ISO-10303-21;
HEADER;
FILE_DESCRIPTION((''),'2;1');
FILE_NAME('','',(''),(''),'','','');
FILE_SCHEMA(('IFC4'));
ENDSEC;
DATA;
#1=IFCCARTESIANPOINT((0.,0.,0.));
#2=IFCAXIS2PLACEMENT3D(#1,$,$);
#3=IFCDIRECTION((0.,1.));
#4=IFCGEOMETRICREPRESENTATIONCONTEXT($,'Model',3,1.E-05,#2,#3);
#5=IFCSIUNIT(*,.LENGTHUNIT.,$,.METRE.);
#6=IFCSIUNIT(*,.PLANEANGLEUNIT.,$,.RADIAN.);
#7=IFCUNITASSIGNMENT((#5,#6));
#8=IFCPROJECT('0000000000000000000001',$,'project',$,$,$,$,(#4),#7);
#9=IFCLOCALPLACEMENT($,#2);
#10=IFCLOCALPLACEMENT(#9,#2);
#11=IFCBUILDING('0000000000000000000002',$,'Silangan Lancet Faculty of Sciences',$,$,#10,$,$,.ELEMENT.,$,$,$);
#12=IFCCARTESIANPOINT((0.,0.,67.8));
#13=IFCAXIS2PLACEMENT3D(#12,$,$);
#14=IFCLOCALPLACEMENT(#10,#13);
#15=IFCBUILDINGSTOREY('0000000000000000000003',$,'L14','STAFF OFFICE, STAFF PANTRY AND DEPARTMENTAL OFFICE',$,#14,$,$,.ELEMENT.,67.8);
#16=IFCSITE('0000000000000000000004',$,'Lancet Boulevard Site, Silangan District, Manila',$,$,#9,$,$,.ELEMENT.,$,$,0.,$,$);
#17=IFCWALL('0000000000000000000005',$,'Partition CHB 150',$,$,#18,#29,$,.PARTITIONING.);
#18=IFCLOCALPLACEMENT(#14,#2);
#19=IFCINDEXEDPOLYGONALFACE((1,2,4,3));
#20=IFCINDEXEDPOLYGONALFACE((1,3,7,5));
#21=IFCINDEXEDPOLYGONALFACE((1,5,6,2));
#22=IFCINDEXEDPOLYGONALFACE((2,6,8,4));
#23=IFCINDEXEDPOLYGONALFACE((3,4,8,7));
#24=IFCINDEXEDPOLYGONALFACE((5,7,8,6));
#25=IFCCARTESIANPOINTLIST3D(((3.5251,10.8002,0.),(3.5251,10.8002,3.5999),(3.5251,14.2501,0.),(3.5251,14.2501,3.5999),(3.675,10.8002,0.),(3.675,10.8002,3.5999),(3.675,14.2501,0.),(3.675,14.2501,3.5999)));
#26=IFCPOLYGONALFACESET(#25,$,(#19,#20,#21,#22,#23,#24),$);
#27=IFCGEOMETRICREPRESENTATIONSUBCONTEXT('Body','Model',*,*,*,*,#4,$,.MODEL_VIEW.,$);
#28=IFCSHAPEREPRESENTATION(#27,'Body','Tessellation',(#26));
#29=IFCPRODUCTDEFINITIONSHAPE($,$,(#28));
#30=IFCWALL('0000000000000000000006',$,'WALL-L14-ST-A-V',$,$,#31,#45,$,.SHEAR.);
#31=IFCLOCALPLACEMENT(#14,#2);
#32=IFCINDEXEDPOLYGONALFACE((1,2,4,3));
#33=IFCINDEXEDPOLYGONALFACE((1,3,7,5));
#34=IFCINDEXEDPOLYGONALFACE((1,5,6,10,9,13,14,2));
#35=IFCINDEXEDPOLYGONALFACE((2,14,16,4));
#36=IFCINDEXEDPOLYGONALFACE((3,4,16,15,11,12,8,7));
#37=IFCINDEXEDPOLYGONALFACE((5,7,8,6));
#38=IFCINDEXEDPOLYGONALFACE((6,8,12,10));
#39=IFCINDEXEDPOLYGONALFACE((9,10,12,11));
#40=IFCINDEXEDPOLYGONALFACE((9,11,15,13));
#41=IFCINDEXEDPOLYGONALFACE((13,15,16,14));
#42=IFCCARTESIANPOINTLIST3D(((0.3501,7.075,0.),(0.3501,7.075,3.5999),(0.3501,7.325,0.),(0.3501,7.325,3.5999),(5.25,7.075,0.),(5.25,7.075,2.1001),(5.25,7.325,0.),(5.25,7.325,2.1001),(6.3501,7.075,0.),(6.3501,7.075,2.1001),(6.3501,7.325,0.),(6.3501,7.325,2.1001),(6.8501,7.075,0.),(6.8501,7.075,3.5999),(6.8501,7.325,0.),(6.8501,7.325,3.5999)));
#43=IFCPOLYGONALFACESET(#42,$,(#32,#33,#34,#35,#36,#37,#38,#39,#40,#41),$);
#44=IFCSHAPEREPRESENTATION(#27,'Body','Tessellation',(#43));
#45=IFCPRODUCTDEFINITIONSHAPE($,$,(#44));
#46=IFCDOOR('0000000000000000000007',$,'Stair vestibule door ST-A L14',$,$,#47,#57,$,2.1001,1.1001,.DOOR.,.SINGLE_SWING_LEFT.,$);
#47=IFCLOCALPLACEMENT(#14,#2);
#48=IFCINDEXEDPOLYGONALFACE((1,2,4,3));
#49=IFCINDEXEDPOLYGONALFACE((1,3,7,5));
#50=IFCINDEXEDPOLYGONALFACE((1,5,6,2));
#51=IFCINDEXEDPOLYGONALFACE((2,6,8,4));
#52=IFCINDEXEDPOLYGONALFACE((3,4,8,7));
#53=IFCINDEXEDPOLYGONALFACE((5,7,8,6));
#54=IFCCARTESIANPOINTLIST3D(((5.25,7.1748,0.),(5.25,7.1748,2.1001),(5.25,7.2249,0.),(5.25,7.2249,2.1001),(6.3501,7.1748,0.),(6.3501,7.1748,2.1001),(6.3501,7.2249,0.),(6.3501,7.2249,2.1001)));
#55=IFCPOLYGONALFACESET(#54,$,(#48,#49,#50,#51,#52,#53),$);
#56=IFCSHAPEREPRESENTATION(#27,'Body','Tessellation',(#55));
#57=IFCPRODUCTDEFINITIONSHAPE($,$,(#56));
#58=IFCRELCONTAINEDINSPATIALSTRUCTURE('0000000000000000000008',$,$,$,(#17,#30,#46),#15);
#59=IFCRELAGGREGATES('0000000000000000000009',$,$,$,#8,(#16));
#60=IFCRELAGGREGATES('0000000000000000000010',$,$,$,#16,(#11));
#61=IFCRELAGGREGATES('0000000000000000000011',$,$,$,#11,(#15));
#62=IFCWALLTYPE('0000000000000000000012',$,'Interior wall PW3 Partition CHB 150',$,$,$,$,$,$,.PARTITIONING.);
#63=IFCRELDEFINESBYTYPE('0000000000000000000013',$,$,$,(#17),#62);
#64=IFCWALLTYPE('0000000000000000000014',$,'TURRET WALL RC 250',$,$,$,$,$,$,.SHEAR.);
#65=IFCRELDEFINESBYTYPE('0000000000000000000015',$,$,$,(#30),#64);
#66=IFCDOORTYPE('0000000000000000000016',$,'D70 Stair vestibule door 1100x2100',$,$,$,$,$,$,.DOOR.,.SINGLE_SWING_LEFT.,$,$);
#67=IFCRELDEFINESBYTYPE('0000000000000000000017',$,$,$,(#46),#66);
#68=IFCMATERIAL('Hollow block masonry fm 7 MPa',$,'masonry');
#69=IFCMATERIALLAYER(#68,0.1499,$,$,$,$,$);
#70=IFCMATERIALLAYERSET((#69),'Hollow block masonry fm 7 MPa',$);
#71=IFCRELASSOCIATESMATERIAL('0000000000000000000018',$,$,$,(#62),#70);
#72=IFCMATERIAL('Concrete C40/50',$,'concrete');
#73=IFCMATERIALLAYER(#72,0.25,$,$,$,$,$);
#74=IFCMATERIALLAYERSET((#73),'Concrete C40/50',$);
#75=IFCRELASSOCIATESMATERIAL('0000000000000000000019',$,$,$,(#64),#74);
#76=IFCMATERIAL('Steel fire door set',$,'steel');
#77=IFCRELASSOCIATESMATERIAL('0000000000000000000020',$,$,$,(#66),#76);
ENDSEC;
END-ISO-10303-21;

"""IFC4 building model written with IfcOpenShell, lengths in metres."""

from ifc_helpers import new_model, si_unit, direction, frame, frame_2d, origin, place, context, subcontext, project, spatial, rectangle, extrude, material, layer, layer_set, type_object, element, fill, save


model = new_model("IFC4")

# Units and contexts
model_context = context("Model", 3, precision=1e-05, world=origin(), true_north=direction((0.0, 1.0)))
body_context = subcontext(model_context, "Body", "Model", "MODEL_VIEW")
ifc_project = project(units=[si_unit("LENGTHUNIT", "METRE"), si_unit("PLANEANGLEUNIT", "RADIAN")], contexts=[model_context])

# Site, building, storey
site_placement = place(None, origin())
site = spatial("IfcSite", under=ifc_project, at=site_placement, Name="Lancet Boulevard Site, Silangan District, Manila", CompositionType="ELEMENT", RefElevation=0.0)
building_placement = place(site_placement, origin())
building = spatial("IfcBuilding", under=site, at=building_placement, Name="Silangan Lancet Faculty of Sciences", CompositionType="ELEMENT")
storey_placement = place(building_placement, frame((0.0, 0.0, 67.8)))
storey = spatial("IfcBuildingStorey", under=building, at=storey_placement, Name="L14", Description="STAFF OFFICE, STAFF PANTRY AND DEPARTMENTAL OFFICE", CompositionType="ELEMENT", Elevation=67.8)

# Wall
ifc_material_1 = material(Name="Hollow block masonry fm 7 MPa", Category="masonry")
ifc_layer_1 = layer(ifc_material_1, 0.1499)
ifc_layer_set_1 = layer_set([ifc_layer_1], Name="Hollow block masonry fm 7 MPa")
wall_type_1 = type_object("IfcWallType", Name="Interior wall PW3 Partition CHB 150", PredefinedType="PARTITIONING", material=ifc_layer_set_1)
wall_1_placement = place(storey_placement, frame((3.6001, 10.8, 0.0), z_axis=(0.0, 0.0, 1.0), x_axis=(0.0, 1.0, 0.0)))
element("IfcWall", 1, at=wall_1_placement, inside=storey, type_object=wall_type_1, Name="Partition CHB 150", PredefinedType="PARTITIONING", context=body_context, shape_type="SweptSolid", body=[
    extrude(rectangle(XDim=3.45, YDim=0.1499, at=frame_2d((1.7251, 0.0))), origin(), (0.0, 0.0, 1.0), 3.5999),
])

# Wall, opening, door
ifc_material_2 = material(Name="Concrete C40/50", Category="concrete")
ifc_layer_2 = layer(ifc_material_2, 0.25)
ifc_layer_set_2 = layer_set([ifc_layer_2], Name="Concrete C40/50")
wall_type_2 = type_object("IfcWallType", Name="TURRET WALL RC 250", PredefinedType="SHEAR", material=ifc_layer_set_2)
wall_2_placement = place(storey_placement, frame((0.3501, 7.2, 0.0), z_axis=(0.0, 0.0, 1.0), x_axis=(1.0, 0.0, 0.0)))
wall_2 = element("IfcWall", 2, at=wall_2_placement, inside=storey, type_object=wall_type_2, Name="WALL-L14-ST-A-V", PredefinedType="SHEAR", context=body_context, shape_type="SweptSolid", body=[
    extrude(rectangle(XDim=6.5, YDim=0.25, at=frame_2d((3.25, 0.0))), origin(), (0.0, 0.0, 1.0), 3.5999),
])
opening_1_placement = place(wall_2_placement, frame((4.8999, 0.0, 0.0)))
opening_1 = element("IfcOpeningElement", 3, at=opening_1_placement, cuts=wall_2, PredefinedType="OPENING", context=body_context, shape_type="SweptSolid", body=[
    extrude(rectangle(XDim=1.1001, YDim=2.1001, at=frame_2d((0.55, 1.05))), frame((0.0, 0.135, 0.0), z_axis=(0.0, -1.0, 0.0), x_axis=(1.0, 0.0, 0.0)), (0.0, 0.0, 1.0), 0.27),
])
ifc_material_3 = material(Name="Steel fire door set", Category="steel")
door_type_1 = type_object("IfcDoorType", Name="D70 Stair vestibule door 1100x2100", OperationType="SINGLE_SWING_LEFT", PredefinedType="DOOR", material=ifc_material_3)
door_1_placement = place(opening_1_placement, frame((1.1001, 0.0, 0.0), z_axis=(0.0, 0.0, 1.0), x_axis=(-1.0, 0.0, 0.0)))
door_1 = element("IfcDoor", 4, at=door_1_placement, inside=storey, type_object=door_type_1, Name="Stair vestibule door ST-A L14", OperationType="SINGLE_SWING_LEFT", OverallHeight=2.1001, OverallWidth=1.1001, PredefinedType="DOOR", context=body_context, shape_type="SweptSolid", body=[
    extrude(rectangle(XDim=1.1001, YDim=2.1001, at=frame_2d((0.55, 1.05))), frame((0.0, 0.0251, 0.0), z_axis=(0.0, -1.0, 0.0), x_axis=(1.0, 0.0, 0.0)), (0.0, 0.0, 1.0), 0.05),
])
fill(opening_1, door_1)

save(model, "model.ifc")
